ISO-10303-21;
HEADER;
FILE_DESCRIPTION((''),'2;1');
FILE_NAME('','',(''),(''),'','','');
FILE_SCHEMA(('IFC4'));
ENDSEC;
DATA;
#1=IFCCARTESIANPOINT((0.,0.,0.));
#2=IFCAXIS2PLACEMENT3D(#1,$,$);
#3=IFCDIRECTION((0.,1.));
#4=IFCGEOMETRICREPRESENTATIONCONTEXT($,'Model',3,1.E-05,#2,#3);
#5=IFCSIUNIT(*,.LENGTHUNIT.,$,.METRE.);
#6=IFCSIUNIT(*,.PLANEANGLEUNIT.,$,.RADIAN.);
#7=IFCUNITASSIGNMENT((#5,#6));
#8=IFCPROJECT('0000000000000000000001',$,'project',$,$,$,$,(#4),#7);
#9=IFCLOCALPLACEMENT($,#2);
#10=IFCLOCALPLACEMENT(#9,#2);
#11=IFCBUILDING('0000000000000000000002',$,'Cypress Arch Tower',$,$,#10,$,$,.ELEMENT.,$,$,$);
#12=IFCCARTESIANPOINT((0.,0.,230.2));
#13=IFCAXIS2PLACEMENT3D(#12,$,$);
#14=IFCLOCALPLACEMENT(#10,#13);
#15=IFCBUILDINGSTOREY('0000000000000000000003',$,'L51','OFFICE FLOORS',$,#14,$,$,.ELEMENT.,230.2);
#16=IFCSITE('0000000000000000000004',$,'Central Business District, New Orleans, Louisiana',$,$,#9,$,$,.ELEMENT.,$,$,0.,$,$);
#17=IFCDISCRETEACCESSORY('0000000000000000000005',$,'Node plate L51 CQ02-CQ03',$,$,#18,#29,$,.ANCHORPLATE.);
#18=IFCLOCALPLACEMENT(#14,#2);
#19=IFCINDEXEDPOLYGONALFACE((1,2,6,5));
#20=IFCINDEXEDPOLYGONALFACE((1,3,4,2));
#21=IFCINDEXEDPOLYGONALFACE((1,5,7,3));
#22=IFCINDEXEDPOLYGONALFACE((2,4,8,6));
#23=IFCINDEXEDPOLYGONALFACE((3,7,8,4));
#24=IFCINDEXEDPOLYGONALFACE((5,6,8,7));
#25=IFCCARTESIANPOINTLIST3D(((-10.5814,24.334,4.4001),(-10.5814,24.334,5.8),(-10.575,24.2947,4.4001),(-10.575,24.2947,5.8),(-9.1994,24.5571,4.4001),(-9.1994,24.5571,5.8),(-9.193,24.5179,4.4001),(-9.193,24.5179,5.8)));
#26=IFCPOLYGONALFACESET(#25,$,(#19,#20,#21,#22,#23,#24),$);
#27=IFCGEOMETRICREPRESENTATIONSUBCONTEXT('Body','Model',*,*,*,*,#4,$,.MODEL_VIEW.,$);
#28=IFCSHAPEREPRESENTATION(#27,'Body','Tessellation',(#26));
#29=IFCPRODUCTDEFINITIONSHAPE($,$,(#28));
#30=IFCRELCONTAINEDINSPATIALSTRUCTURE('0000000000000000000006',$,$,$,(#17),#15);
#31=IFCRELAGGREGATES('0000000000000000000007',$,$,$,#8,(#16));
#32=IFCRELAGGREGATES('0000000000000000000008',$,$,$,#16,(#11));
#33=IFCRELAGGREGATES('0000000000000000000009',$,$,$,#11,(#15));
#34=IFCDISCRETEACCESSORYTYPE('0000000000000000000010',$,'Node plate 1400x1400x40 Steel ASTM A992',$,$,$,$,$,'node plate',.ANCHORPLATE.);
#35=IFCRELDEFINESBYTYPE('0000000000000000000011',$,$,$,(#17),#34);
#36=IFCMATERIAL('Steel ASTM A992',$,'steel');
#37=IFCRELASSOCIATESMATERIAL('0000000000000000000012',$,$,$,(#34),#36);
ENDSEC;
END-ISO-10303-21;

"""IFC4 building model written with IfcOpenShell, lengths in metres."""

from ifc_helpers import new_model, si_unit, direction, frame, origin, origin_2d, place, context, subcontext, project, spatial, rectangle, extrude, material, material_profile, profile_set, type_object, element, save


model = new_model("IFC4")

# Units and contexts
model_context = context("Model", 3, precision=1e-05, world=origin(), true_north=direction((0.0, 1.0)))
body_context = subcontext(model_context, "Body", "Model", "MODEL_VIEW")
ifc_project = project(units=[si_unit("LENGTHUNIT", "METRE"), si_unit("PLANEANGLEUNIT", "RADIAN")], contexts=[model_context])

# Site, building, storey
site_placement = place(None, origin())
site = spatial("IfcSite", under=ifc_project, at=site_placement, Name="Central Business District, New Orleans, Louisiana", CompositionType="ELEMENT", RefElevation=0.0)
building_placement = place(site_placement, origin())
building = spatial("IfcBuilding", under=site, at=building_placement, Name="Cypress Arch Tower", CompositionType="ELEMENT")
storey_placement = place(building_placement, frame((0.0, 0.0, 230.2)))
storey = spatial("IfcBuildingStorey", under=building, at=storey_placement, Name="L51", Description="OFFICE FLOORS", CompositionType="ELEMENT", Elevation=230.2)

# Discrete accessory
ifc_material_1 = material(Name="Steel ASTM A992", Category="steel")
ifc_material_profile_1 = material_profile(ifc_material_1, rectangle(XDim=1.3999, YDim=1.3999, at=origin_2d()), Name="PL 40 1400x1400")
ifc_profile_set_1 = profile_set([ifc_material_profile_1], Name="Steel ASTM A992")
discrete_accessory_type_1 = type_object("IfcDiscreteAccessoryType", Name="Node plate 1400x1400x40 Steel ASTM A992", ElementType="node plate", PredefinedType="ANCHORPLATE", material=ifc_profile_set_1)
discrete_accessory_1_placement = place(storey_placement, frame((-9.8904, 24.4456, 5.1001), z_axis=(0.159425, -0.98721, 0.0), x_axis=(0.98721, 0.159425, 0.0)))
element("IfcDiscreteAccessory", 1, at=discrete_accessory_1_placement, inside=storey, type_object=discrete_accessory_type_1, Name="Node plate L51 CQ02-CQ03", PredefinedType="ANCHORPLATE", context=body_context, shape_type="SweptSolid", body=[
    extrude(rectangle(XDim=1.3999, YDim=1.3999, at=origin_2d()), origin(), (0.0, 0.0, 1.0), 0.0398),
])

save(model, "model.ifc")
